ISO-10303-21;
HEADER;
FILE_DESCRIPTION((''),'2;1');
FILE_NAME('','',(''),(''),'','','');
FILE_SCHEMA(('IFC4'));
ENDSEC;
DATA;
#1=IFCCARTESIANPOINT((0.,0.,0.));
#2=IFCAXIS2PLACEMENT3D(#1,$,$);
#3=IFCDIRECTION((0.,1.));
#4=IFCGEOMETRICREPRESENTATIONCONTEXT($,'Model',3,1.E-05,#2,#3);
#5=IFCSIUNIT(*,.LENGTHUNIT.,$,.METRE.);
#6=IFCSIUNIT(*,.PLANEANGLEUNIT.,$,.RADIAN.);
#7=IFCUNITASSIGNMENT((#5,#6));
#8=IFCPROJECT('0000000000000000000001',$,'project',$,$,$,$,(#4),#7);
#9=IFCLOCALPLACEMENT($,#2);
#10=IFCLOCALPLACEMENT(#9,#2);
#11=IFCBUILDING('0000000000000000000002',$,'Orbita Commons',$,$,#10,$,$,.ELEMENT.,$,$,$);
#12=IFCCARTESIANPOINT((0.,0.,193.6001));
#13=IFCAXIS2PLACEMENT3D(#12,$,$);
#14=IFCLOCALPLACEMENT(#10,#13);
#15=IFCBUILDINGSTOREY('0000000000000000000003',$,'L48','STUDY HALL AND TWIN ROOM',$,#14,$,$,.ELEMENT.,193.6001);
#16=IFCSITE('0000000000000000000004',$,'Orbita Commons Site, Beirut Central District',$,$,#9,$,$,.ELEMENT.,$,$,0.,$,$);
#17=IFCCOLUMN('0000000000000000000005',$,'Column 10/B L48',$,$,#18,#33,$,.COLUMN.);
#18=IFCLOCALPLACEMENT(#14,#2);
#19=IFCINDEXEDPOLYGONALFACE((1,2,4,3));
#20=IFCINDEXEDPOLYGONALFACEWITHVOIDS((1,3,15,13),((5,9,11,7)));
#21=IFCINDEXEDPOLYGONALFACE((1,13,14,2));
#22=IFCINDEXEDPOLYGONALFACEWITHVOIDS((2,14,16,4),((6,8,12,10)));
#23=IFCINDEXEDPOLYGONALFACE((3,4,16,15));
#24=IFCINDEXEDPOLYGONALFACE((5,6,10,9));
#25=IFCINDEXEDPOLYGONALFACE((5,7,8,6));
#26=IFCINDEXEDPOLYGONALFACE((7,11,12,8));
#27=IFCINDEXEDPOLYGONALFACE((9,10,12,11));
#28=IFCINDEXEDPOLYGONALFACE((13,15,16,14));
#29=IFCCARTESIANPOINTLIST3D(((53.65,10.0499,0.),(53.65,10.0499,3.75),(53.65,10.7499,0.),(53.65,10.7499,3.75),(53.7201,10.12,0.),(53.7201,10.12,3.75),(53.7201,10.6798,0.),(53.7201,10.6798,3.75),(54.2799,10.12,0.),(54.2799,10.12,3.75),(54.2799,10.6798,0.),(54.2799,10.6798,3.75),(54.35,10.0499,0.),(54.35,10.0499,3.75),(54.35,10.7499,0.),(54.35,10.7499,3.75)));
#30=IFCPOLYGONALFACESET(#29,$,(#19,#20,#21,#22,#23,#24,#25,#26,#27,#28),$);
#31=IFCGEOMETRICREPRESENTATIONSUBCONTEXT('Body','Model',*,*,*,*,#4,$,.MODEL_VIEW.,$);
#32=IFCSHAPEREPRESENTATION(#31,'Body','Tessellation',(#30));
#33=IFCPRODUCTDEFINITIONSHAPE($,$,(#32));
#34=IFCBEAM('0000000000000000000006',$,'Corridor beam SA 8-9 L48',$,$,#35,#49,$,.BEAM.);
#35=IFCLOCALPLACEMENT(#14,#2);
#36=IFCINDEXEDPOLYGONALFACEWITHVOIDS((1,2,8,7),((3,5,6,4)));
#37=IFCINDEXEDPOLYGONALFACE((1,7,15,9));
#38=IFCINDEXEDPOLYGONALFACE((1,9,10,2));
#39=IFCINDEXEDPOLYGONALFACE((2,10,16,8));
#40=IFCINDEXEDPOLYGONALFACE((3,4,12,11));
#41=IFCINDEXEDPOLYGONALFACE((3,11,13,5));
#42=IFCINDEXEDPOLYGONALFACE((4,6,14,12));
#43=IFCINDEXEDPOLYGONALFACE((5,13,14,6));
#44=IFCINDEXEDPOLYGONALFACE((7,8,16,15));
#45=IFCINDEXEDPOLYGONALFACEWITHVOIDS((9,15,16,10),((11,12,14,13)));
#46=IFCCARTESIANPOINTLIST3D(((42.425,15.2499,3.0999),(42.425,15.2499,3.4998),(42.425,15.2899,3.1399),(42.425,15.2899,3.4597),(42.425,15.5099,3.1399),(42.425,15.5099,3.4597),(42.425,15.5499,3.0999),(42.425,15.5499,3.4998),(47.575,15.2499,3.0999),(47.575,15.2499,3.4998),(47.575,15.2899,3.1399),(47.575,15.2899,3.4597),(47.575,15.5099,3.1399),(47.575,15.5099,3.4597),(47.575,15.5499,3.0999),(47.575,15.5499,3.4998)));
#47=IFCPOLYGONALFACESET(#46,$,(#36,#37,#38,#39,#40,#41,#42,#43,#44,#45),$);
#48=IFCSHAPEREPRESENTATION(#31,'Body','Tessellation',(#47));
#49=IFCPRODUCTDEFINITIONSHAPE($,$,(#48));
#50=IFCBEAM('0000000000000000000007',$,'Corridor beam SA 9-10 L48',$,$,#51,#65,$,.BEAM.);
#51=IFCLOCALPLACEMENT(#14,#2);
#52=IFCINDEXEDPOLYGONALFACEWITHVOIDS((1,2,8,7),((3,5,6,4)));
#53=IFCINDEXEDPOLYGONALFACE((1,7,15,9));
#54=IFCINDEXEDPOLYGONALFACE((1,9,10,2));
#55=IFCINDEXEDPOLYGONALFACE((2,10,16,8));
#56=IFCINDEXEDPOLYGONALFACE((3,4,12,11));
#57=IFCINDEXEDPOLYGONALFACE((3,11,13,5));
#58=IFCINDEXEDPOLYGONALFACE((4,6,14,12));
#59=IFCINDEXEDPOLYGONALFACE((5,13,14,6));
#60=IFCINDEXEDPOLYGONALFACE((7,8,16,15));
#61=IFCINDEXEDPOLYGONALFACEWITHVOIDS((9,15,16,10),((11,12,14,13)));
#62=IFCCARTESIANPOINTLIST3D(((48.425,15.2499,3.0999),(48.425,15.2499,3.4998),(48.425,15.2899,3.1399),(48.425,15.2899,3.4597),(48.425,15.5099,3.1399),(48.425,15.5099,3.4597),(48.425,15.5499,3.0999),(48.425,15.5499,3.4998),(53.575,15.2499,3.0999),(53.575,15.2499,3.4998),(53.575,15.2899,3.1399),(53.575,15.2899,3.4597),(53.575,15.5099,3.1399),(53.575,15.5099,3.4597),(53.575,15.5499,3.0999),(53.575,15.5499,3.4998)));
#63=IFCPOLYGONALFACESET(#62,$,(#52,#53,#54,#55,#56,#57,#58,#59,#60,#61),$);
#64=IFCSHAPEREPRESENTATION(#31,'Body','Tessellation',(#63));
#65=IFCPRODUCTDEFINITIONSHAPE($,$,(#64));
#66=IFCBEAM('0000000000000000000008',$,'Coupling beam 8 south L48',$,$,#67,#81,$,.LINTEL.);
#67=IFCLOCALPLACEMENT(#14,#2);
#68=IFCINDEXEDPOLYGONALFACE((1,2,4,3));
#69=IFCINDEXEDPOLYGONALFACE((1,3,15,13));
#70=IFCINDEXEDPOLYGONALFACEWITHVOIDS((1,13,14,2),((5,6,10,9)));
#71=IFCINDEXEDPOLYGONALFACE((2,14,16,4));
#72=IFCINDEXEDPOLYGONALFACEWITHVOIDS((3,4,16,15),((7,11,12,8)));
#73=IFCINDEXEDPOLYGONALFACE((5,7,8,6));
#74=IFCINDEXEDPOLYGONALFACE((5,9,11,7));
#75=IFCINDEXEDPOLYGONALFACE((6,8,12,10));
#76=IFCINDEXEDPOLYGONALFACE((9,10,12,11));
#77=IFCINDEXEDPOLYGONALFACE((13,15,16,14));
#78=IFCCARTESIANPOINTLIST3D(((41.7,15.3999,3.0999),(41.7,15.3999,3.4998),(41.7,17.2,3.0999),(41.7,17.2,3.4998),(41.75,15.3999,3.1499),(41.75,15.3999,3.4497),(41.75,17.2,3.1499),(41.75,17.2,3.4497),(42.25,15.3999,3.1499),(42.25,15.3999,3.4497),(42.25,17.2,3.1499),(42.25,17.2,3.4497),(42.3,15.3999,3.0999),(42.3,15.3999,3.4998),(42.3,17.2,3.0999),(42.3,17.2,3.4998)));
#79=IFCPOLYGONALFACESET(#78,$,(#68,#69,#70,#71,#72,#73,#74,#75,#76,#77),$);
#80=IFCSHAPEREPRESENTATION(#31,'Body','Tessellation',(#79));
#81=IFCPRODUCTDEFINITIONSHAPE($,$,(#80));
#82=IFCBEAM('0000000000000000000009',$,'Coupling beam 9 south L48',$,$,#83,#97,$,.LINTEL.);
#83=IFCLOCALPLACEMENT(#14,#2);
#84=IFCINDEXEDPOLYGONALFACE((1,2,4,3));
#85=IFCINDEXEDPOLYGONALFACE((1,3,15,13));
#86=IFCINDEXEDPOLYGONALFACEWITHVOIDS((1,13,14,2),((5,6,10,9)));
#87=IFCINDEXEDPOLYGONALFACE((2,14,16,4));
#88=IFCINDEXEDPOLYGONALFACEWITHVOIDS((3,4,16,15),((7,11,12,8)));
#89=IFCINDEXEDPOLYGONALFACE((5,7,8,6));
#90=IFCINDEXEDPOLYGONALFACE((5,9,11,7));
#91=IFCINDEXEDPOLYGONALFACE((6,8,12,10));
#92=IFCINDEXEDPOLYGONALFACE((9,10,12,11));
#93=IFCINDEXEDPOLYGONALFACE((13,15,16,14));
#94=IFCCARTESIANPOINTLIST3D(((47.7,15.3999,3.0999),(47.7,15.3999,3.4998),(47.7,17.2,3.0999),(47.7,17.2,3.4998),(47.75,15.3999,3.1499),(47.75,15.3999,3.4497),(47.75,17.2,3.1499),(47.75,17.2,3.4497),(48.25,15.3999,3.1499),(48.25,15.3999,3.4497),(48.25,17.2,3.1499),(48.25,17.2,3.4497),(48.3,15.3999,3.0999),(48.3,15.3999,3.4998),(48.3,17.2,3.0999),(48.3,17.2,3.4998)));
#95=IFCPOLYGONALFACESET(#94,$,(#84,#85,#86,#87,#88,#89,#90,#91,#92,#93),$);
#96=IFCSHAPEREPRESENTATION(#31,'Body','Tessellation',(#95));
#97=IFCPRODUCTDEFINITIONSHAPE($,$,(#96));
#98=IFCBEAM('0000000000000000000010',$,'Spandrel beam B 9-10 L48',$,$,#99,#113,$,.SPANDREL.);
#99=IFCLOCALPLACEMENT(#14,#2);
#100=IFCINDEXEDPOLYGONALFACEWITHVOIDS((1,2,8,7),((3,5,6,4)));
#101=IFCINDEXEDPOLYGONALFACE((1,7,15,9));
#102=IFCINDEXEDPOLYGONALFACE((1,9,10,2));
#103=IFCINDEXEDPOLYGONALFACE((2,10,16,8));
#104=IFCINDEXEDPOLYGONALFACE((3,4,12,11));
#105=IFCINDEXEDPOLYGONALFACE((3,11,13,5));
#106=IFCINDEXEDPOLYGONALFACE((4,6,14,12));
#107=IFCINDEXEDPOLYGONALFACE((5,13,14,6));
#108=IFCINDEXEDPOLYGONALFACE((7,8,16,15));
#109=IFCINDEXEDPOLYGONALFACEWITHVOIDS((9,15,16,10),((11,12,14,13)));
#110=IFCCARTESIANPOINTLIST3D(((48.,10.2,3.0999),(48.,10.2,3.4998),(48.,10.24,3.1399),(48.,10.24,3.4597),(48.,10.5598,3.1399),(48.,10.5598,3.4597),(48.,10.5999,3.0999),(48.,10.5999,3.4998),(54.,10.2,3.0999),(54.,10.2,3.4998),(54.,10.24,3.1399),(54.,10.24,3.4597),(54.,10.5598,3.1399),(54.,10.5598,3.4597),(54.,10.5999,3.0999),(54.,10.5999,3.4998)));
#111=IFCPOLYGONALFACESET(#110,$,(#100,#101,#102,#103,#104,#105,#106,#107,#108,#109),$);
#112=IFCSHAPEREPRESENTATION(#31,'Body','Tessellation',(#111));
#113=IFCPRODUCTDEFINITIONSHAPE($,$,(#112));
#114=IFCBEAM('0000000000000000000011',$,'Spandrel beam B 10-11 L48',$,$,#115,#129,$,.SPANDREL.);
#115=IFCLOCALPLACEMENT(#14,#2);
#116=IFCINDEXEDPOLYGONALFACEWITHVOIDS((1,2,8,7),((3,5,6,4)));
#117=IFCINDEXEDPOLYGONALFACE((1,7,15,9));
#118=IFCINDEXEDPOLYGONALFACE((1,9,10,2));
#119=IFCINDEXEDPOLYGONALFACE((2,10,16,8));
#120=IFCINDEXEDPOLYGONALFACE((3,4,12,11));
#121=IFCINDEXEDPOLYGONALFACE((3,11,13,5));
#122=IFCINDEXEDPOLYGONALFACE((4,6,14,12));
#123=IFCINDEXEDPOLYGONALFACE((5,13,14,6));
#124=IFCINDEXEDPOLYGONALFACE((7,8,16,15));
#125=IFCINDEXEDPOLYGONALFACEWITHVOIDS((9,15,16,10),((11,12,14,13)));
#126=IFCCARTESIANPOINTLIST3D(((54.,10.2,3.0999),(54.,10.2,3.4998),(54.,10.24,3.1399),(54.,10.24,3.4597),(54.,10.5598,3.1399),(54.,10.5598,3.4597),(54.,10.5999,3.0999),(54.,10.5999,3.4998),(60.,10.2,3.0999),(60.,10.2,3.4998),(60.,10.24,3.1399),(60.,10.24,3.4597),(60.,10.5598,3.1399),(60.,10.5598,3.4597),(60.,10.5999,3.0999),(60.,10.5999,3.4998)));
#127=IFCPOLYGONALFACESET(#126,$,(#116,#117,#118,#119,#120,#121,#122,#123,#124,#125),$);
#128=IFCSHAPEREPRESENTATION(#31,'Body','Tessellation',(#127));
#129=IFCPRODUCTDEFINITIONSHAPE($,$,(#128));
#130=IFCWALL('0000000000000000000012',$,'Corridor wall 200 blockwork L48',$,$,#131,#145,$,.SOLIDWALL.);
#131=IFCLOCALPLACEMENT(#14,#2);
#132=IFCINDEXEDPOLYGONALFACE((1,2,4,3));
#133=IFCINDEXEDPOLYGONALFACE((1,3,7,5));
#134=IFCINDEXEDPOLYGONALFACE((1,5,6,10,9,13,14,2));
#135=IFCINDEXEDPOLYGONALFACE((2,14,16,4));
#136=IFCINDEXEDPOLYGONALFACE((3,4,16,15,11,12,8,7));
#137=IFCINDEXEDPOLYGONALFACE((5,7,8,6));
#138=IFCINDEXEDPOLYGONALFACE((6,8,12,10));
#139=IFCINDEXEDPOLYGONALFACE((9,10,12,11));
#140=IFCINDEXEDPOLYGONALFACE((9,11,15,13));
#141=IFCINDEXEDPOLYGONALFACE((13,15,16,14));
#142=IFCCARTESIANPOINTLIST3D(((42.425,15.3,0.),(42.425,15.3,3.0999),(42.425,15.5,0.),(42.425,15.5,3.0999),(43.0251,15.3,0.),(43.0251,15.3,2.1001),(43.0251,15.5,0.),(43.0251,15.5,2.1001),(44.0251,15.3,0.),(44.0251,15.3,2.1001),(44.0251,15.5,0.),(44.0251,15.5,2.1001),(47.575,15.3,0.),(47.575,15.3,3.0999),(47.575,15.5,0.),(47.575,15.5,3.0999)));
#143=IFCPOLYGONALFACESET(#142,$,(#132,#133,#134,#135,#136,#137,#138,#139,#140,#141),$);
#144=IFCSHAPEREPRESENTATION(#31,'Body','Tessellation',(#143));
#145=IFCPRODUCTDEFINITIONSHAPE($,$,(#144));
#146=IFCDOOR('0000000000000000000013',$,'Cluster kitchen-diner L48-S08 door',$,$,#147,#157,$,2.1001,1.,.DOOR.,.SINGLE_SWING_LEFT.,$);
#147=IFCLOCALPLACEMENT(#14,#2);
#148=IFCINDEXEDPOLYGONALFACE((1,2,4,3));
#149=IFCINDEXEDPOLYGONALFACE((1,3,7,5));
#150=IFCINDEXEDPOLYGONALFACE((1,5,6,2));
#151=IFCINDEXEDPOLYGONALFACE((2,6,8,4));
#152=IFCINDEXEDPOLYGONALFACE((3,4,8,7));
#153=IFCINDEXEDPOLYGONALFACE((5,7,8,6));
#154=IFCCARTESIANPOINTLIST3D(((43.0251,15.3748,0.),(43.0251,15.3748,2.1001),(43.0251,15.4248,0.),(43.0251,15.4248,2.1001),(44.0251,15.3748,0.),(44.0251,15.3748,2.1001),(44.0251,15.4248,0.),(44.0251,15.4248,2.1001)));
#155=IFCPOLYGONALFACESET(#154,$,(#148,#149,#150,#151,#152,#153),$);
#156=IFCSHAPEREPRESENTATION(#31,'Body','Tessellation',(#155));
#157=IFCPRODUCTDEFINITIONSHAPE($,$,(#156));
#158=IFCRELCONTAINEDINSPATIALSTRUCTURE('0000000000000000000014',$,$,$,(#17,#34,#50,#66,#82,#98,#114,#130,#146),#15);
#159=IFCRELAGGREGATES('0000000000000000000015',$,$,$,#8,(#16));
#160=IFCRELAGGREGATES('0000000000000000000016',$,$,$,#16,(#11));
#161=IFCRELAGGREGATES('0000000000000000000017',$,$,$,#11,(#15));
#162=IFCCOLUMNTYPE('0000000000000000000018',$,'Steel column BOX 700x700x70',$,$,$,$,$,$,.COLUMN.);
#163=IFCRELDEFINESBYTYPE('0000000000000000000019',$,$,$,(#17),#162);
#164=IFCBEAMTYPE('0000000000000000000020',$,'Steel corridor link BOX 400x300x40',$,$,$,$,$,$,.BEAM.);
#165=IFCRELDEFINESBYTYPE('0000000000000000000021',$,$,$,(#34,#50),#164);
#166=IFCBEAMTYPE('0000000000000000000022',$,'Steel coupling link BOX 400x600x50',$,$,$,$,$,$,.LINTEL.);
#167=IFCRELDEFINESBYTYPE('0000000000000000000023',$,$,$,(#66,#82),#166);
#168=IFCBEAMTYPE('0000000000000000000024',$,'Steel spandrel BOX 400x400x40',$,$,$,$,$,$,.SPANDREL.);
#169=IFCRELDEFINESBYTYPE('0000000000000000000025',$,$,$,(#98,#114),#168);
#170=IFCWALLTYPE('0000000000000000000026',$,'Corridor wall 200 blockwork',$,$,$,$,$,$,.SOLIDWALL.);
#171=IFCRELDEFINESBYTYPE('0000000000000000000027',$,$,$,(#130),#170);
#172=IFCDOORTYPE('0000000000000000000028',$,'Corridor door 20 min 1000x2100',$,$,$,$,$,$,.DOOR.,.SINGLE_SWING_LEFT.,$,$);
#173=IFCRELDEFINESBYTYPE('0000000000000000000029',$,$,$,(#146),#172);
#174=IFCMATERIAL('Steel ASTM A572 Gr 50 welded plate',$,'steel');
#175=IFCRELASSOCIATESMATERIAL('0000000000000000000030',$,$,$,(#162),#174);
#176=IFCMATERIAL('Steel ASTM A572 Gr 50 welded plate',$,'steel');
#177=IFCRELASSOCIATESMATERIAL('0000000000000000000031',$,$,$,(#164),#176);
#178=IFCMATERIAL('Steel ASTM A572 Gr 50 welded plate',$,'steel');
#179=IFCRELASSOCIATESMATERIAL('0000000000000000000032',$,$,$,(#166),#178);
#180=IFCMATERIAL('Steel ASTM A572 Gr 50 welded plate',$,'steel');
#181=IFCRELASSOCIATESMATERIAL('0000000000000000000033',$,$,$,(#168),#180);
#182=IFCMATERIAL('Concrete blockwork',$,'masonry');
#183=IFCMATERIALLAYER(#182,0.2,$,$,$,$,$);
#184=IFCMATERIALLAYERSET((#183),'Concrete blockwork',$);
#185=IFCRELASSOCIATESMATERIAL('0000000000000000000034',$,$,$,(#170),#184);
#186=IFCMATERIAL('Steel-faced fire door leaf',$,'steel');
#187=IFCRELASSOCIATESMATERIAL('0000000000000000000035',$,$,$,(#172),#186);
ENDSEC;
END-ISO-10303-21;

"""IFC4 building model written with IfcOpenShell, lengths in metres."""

from ifc_helpers import new_model, si_unit, direction, frame, frame_2d, origin, origin_2d, place, context, subcontext, project, spatial, polyline, rectangle, hollow_rectangle, outline, extrude, material, layer, layer_set, material_profile, profile_set, type_object, element, fill, save


model = new_model("IFC4")

# Units and contexts
model_context = context("Model", 3, precision=1e-05, world=origin(), true_north=direction((0.0, 1.0)))
body_context = subcontext(model_context, "Body", "Model", "MODEL_VIEW")
ifc_project = project(units=[si_unit("LENGTHUNIT", "METRE"), si_unit("PLANEANGLEUNIT", "RADIAN")], contexts=[model_context])

# Site, building, storey
site_placement = place(None, origin())
site = spatial("IfcSite", under=ifc_project, at=site_placement, Name="Orbita Commons Site, Beirut Central District", CompositionType="ELEMENT", RefElevation=0.0)
building_placement = place(site_placement, origin())
building = spatial("IfcBuilding", under=site, at=building_placement, Name="Orbita Commons", CompositionType="ELEMENT")
storey_placement = place(building_placement, frame((0.0, 0.0, 193.6001)))
storey = spatial("IfcBuildingStorey", under=building, at=storey_placement, Name="L48", Description="STUDY HALL AND TWIN ROOM", CompositionType="ELEMENT", Elevation=193.6001)

# Column
ifc_material_1 = material(Name="Steel ASTM A572 Gr 50 welded plate", Category="steel")
ifc_material_profile_1 = material_profile(ifc_material_1, hollow_rectangle(XDim=0.7, YDim=0.7, WallThickness=0.0701, at=origin_2d()), Name="BOX 700x700x70")
ifc_profile_set_1 = profile_set([ifc_material_profile_1], Name="Steel ASTM A572 Gr 50 welded plate")
column_type = type_object("IfcColumnType", Name="Steel column BOX 700x700x70", PredefinedType="COLUMN", material=ifc_profile_set_1)
column_placement = place(storey_placement, frame((54.0, 10.3999, 0.0), z_axis=(0.0, 0.0, 1.0), x_axis=(1.0, 0.0, 0.0)))
element("IfcColumn", 1, at=column_placement, inside=storey, type_object=column_type, Name="Column 10/B L48", PredefinedType="COLUMN", context=body_context, shape_type="SweptSolid", body=[
    extrude(hollow_rectangle(XDim=0.7, YDim=0.7, WallThickness=0.0701, at=origin_2d()), origin(), (0.0, 0.0, 1.0), 3.75),
])

# Beams
ifc_material_2 = material(Name="Steel ASTM A572 Gr 50 welded plate", Category="steel")
ifc_material_profile_2 = material_profile(ifc_material_2, hollow_rectangle(XDim=0.3, YDim=0.3999, WallThickness=0.04, at=origin_2d()), Name="BOX 400x300x40")
ifc_profile_set_2 = profile_set([ifc_material_profile_2], Name="Steel ASTM A572 Gr 50 welded plate")
beam_type_1 = type_object("IfcBeamType", Name="Steel corridor link BOX 400x300x40", PredefinedType="BEAM", material=ifc_profile_set_2)
for number, where, z_axis, x_axis, name in (
    (2, (42.425, 15.3999, 3.2998), (1.0, 0.0, 0.0), (0.0, 1.0, 0.0), "Corridor beam SA 8-9 L48"),
    (3, (48.425, 15.3999, 3.2998), (1.0, 0.0, 0.0), (0.0, 1.0, 0.0), "Corridor beam SA 9-10 L48"),
):
    element("IfcBeam", number, at=place(storey_placement, frame(where, z_axis=z_axis, x_axis=x_axis)), inside=storey, type_object=beam_type_1, Name=name, PredefinedType="BEAM", context=body_context, shape_type="SweptSolid", body=[
        extrude(hollow_rectangle(XDim=0.3, YDim=0.3999, WallThickness=0.04, at=origin_2d()), origin(), (0.0, 0.0, 1.0), 5.1499),
    ])
ifc_material_3 = material(Name="Steel ASTM A572 Gr 50 welded plate", Category="steel")
ifc_material_profile_3 = material_profile(ifc_material_3, hollow_rectangle(XDim=0.6001, YDim=0.3999, WallThickness=0.05, at=origin_2d()), Name="BOX 400x600x50")
ifc_profile_set_3 = profile_set([ifc_material_profile_3], Name="Steel ASTM A572 Gr 50 welded plate")
beam_type_2 = type_object("IfcBeamType", Name="Steel coupling link BOX 400x600x50", PredefinedType="LINTEL", material=ifc_profile_set_3)
for number, where, z_axis, x_axis, name in (
    (4, (42.0, 15.3999, 3.2998), (0.0, 1.0, 0.0), (-1.0, 0.0, 0.0), "Coupling beam 8 south L48"),
    (5, (48.0, 15.3999, 3.2998), (0.0, 1.0, 0.0), (-1.0, 0.0, 0.0), "Coupling beam 9 south L48"),
):
    element("IfcBeam", number, at=place(storey_placement, frame(where, z_axis=z_axis, x_axis=x_axis)), inside=storey, type_object=beam_type_2, Name=name, PredefinedType="LINTEL", context=body_context, shape_type="SweptSolid", body=[
        extrude(hollow_rectangle(XDim=0.6001, YDim=0.3999, WallThickness=0.05, at=origin_2d()), origin(), (0.0, 0.0, 1.0), 1.8),
    ])
ifc_material_4 = material(Name="Steel ASTM A572 Gr 50 welded plate", Category="steel")
ifc_material_profile_4 = material_profile(ifc_material_4, hollow_rectangle(XDim=0.3999, YDim=0.3999, WallThickness=0.04, at=origin_2d()), Name="BOX 400x400x40")
ifc_profile_set_4 = profile_set([ifc_material_profile_4], Name="Steel ASTM A572 Gr 50 welded plate")
beam_type_3 = type_object("IfcBeamType", Name="Steel spandrel BOX 400x400x40", PredefinedType="SPANDREL", material=ifc_profile_set_4)
for number, where, z_axis, x_axis, name in (
    (6, (48.0, 10.3999, 3.2998), (1.0, 0.0, 0.0), (0.0, 1.0, 0.0), "Spandrel beam B 9-10 L48"),
    (7, (54.0, 10.3999, 3.2998), (1.0, 0.0, 0.0), (0.0, 1.0, 0.0), "Spandrel beam B 10-11 L48"),
):
    element("IfcBeam", number, at=place(storey_placement, frame(where, z_axis=z_axis, x_axis=x_axis)), inside=storey, type_object=beam_type_3, Name=name, PredefinedType="SPANDREL", context=body_context, shape_type="SweptSolid", body=[
        extrude(hollow_rectangle(XDim=0.3999, YDim=0.3999, WallThickness=0.04, at=origin_2d()), origin(), (0.0, 0.0, 1.0), 6.0),
    ])

# Wall, opening, door
ifc_material_5 = material(Name="Concrete blockwork", Category="masonry")
ifc_layer_1 = layer(ifc_material_5, 0.2)
ifc_layer_set_1 = layer_set([ifc_layer_1], Name="Concrete blockwork")
wall_type_1 = type_object("IfcWallType", Name="Corridor wall 200 blockwork", PredefinedType="SOLIDWALL", material=ifc_layer_set_1)
wall_1_placement = place(storey_placement, frame((42.425, 15.3999, 0.0), z_axis=(0.0, 0.0, 1.0), x_axis=(1.0, 0.0, 0.0)))
wall_1 = element("IfcWall", 8, at=wall_1_placement, inside=storey, type_object=wall_type_1, Name="Corridor wall 200 blockwork L48", PredefinedType="SOLIDWALL", context=body_context, shape_type="SweptSolid", body=[
    extrude(outline(polyline([(0.0, 0.0), (5.1499, 0.0), (5.1499, 3.0999), (0.0, 3.0999), (0.0, 0.0)])), frame((0.0, 0.1001, 0.0), z_axis=(0.0, -1.0, 0.0), x_axis=(1.0, 0.0, 0.0)), (0.0, 0.0, 1.0), 0.2),
])
opening_1_placement = place(wall_1_placement, frame((0.6001, 0.0, 0.0)))
opening_1 = element("IfcOpeningElement", 9, at=opening_1_placement, cuts=wall_1, PredefinedType="OPENING", context=body_context, shape_type="SweptSolid", body=[
    extrude(rectangle(XDim=1.0, YDim=2.1001, at=frame_2d((0.5, 1.05))), frame((0.0, 0.1099, 0.0), z_axis=(0.0, -1.0, 0.0), x_axis=(1.0, 0.0, 0.0)), (0.0, 0.0, 1.0), 0.22),
])
ifc_material_6 = material(Name="Steel-faced fire door leaf", Category="steel")
door_type_1 = type_object("IfcDoorType", Name="Corridor door 20 min 1000x2100", OperationType="SINGLE_SWING_LEFT", PredefinedType="DOOR", material=ifc_material_6)
door_1_placement = place(opening_1_placement, origin())
door_1 = element("IfcDoor", 10, at=door_1_placement, inside=storey, type_object=door_type_1, Name="Cluster kitchen-diner L48-S08 door", OperationType="SINGLE_SWING_LEFT", OverallHeight=2.1001, OverallWidth=1.0, PredefinedType="DOOR", context=body_context, shape_type="SweptSolid", body=[
    extrude(rectangle(XDim=1.0, YDim=2.1001, at=frame_2d((0.5, 1.05))), frame((0.0, 0.0249, 0.0), z_axis=(0.0, -1.0, 0.0), x_axis=(1.0, 0.0, 0.0)), (0.0, 0.0, 1.0), 0.05),
])
fill(opening_1, door_1)

save(model, "model.ifc")
